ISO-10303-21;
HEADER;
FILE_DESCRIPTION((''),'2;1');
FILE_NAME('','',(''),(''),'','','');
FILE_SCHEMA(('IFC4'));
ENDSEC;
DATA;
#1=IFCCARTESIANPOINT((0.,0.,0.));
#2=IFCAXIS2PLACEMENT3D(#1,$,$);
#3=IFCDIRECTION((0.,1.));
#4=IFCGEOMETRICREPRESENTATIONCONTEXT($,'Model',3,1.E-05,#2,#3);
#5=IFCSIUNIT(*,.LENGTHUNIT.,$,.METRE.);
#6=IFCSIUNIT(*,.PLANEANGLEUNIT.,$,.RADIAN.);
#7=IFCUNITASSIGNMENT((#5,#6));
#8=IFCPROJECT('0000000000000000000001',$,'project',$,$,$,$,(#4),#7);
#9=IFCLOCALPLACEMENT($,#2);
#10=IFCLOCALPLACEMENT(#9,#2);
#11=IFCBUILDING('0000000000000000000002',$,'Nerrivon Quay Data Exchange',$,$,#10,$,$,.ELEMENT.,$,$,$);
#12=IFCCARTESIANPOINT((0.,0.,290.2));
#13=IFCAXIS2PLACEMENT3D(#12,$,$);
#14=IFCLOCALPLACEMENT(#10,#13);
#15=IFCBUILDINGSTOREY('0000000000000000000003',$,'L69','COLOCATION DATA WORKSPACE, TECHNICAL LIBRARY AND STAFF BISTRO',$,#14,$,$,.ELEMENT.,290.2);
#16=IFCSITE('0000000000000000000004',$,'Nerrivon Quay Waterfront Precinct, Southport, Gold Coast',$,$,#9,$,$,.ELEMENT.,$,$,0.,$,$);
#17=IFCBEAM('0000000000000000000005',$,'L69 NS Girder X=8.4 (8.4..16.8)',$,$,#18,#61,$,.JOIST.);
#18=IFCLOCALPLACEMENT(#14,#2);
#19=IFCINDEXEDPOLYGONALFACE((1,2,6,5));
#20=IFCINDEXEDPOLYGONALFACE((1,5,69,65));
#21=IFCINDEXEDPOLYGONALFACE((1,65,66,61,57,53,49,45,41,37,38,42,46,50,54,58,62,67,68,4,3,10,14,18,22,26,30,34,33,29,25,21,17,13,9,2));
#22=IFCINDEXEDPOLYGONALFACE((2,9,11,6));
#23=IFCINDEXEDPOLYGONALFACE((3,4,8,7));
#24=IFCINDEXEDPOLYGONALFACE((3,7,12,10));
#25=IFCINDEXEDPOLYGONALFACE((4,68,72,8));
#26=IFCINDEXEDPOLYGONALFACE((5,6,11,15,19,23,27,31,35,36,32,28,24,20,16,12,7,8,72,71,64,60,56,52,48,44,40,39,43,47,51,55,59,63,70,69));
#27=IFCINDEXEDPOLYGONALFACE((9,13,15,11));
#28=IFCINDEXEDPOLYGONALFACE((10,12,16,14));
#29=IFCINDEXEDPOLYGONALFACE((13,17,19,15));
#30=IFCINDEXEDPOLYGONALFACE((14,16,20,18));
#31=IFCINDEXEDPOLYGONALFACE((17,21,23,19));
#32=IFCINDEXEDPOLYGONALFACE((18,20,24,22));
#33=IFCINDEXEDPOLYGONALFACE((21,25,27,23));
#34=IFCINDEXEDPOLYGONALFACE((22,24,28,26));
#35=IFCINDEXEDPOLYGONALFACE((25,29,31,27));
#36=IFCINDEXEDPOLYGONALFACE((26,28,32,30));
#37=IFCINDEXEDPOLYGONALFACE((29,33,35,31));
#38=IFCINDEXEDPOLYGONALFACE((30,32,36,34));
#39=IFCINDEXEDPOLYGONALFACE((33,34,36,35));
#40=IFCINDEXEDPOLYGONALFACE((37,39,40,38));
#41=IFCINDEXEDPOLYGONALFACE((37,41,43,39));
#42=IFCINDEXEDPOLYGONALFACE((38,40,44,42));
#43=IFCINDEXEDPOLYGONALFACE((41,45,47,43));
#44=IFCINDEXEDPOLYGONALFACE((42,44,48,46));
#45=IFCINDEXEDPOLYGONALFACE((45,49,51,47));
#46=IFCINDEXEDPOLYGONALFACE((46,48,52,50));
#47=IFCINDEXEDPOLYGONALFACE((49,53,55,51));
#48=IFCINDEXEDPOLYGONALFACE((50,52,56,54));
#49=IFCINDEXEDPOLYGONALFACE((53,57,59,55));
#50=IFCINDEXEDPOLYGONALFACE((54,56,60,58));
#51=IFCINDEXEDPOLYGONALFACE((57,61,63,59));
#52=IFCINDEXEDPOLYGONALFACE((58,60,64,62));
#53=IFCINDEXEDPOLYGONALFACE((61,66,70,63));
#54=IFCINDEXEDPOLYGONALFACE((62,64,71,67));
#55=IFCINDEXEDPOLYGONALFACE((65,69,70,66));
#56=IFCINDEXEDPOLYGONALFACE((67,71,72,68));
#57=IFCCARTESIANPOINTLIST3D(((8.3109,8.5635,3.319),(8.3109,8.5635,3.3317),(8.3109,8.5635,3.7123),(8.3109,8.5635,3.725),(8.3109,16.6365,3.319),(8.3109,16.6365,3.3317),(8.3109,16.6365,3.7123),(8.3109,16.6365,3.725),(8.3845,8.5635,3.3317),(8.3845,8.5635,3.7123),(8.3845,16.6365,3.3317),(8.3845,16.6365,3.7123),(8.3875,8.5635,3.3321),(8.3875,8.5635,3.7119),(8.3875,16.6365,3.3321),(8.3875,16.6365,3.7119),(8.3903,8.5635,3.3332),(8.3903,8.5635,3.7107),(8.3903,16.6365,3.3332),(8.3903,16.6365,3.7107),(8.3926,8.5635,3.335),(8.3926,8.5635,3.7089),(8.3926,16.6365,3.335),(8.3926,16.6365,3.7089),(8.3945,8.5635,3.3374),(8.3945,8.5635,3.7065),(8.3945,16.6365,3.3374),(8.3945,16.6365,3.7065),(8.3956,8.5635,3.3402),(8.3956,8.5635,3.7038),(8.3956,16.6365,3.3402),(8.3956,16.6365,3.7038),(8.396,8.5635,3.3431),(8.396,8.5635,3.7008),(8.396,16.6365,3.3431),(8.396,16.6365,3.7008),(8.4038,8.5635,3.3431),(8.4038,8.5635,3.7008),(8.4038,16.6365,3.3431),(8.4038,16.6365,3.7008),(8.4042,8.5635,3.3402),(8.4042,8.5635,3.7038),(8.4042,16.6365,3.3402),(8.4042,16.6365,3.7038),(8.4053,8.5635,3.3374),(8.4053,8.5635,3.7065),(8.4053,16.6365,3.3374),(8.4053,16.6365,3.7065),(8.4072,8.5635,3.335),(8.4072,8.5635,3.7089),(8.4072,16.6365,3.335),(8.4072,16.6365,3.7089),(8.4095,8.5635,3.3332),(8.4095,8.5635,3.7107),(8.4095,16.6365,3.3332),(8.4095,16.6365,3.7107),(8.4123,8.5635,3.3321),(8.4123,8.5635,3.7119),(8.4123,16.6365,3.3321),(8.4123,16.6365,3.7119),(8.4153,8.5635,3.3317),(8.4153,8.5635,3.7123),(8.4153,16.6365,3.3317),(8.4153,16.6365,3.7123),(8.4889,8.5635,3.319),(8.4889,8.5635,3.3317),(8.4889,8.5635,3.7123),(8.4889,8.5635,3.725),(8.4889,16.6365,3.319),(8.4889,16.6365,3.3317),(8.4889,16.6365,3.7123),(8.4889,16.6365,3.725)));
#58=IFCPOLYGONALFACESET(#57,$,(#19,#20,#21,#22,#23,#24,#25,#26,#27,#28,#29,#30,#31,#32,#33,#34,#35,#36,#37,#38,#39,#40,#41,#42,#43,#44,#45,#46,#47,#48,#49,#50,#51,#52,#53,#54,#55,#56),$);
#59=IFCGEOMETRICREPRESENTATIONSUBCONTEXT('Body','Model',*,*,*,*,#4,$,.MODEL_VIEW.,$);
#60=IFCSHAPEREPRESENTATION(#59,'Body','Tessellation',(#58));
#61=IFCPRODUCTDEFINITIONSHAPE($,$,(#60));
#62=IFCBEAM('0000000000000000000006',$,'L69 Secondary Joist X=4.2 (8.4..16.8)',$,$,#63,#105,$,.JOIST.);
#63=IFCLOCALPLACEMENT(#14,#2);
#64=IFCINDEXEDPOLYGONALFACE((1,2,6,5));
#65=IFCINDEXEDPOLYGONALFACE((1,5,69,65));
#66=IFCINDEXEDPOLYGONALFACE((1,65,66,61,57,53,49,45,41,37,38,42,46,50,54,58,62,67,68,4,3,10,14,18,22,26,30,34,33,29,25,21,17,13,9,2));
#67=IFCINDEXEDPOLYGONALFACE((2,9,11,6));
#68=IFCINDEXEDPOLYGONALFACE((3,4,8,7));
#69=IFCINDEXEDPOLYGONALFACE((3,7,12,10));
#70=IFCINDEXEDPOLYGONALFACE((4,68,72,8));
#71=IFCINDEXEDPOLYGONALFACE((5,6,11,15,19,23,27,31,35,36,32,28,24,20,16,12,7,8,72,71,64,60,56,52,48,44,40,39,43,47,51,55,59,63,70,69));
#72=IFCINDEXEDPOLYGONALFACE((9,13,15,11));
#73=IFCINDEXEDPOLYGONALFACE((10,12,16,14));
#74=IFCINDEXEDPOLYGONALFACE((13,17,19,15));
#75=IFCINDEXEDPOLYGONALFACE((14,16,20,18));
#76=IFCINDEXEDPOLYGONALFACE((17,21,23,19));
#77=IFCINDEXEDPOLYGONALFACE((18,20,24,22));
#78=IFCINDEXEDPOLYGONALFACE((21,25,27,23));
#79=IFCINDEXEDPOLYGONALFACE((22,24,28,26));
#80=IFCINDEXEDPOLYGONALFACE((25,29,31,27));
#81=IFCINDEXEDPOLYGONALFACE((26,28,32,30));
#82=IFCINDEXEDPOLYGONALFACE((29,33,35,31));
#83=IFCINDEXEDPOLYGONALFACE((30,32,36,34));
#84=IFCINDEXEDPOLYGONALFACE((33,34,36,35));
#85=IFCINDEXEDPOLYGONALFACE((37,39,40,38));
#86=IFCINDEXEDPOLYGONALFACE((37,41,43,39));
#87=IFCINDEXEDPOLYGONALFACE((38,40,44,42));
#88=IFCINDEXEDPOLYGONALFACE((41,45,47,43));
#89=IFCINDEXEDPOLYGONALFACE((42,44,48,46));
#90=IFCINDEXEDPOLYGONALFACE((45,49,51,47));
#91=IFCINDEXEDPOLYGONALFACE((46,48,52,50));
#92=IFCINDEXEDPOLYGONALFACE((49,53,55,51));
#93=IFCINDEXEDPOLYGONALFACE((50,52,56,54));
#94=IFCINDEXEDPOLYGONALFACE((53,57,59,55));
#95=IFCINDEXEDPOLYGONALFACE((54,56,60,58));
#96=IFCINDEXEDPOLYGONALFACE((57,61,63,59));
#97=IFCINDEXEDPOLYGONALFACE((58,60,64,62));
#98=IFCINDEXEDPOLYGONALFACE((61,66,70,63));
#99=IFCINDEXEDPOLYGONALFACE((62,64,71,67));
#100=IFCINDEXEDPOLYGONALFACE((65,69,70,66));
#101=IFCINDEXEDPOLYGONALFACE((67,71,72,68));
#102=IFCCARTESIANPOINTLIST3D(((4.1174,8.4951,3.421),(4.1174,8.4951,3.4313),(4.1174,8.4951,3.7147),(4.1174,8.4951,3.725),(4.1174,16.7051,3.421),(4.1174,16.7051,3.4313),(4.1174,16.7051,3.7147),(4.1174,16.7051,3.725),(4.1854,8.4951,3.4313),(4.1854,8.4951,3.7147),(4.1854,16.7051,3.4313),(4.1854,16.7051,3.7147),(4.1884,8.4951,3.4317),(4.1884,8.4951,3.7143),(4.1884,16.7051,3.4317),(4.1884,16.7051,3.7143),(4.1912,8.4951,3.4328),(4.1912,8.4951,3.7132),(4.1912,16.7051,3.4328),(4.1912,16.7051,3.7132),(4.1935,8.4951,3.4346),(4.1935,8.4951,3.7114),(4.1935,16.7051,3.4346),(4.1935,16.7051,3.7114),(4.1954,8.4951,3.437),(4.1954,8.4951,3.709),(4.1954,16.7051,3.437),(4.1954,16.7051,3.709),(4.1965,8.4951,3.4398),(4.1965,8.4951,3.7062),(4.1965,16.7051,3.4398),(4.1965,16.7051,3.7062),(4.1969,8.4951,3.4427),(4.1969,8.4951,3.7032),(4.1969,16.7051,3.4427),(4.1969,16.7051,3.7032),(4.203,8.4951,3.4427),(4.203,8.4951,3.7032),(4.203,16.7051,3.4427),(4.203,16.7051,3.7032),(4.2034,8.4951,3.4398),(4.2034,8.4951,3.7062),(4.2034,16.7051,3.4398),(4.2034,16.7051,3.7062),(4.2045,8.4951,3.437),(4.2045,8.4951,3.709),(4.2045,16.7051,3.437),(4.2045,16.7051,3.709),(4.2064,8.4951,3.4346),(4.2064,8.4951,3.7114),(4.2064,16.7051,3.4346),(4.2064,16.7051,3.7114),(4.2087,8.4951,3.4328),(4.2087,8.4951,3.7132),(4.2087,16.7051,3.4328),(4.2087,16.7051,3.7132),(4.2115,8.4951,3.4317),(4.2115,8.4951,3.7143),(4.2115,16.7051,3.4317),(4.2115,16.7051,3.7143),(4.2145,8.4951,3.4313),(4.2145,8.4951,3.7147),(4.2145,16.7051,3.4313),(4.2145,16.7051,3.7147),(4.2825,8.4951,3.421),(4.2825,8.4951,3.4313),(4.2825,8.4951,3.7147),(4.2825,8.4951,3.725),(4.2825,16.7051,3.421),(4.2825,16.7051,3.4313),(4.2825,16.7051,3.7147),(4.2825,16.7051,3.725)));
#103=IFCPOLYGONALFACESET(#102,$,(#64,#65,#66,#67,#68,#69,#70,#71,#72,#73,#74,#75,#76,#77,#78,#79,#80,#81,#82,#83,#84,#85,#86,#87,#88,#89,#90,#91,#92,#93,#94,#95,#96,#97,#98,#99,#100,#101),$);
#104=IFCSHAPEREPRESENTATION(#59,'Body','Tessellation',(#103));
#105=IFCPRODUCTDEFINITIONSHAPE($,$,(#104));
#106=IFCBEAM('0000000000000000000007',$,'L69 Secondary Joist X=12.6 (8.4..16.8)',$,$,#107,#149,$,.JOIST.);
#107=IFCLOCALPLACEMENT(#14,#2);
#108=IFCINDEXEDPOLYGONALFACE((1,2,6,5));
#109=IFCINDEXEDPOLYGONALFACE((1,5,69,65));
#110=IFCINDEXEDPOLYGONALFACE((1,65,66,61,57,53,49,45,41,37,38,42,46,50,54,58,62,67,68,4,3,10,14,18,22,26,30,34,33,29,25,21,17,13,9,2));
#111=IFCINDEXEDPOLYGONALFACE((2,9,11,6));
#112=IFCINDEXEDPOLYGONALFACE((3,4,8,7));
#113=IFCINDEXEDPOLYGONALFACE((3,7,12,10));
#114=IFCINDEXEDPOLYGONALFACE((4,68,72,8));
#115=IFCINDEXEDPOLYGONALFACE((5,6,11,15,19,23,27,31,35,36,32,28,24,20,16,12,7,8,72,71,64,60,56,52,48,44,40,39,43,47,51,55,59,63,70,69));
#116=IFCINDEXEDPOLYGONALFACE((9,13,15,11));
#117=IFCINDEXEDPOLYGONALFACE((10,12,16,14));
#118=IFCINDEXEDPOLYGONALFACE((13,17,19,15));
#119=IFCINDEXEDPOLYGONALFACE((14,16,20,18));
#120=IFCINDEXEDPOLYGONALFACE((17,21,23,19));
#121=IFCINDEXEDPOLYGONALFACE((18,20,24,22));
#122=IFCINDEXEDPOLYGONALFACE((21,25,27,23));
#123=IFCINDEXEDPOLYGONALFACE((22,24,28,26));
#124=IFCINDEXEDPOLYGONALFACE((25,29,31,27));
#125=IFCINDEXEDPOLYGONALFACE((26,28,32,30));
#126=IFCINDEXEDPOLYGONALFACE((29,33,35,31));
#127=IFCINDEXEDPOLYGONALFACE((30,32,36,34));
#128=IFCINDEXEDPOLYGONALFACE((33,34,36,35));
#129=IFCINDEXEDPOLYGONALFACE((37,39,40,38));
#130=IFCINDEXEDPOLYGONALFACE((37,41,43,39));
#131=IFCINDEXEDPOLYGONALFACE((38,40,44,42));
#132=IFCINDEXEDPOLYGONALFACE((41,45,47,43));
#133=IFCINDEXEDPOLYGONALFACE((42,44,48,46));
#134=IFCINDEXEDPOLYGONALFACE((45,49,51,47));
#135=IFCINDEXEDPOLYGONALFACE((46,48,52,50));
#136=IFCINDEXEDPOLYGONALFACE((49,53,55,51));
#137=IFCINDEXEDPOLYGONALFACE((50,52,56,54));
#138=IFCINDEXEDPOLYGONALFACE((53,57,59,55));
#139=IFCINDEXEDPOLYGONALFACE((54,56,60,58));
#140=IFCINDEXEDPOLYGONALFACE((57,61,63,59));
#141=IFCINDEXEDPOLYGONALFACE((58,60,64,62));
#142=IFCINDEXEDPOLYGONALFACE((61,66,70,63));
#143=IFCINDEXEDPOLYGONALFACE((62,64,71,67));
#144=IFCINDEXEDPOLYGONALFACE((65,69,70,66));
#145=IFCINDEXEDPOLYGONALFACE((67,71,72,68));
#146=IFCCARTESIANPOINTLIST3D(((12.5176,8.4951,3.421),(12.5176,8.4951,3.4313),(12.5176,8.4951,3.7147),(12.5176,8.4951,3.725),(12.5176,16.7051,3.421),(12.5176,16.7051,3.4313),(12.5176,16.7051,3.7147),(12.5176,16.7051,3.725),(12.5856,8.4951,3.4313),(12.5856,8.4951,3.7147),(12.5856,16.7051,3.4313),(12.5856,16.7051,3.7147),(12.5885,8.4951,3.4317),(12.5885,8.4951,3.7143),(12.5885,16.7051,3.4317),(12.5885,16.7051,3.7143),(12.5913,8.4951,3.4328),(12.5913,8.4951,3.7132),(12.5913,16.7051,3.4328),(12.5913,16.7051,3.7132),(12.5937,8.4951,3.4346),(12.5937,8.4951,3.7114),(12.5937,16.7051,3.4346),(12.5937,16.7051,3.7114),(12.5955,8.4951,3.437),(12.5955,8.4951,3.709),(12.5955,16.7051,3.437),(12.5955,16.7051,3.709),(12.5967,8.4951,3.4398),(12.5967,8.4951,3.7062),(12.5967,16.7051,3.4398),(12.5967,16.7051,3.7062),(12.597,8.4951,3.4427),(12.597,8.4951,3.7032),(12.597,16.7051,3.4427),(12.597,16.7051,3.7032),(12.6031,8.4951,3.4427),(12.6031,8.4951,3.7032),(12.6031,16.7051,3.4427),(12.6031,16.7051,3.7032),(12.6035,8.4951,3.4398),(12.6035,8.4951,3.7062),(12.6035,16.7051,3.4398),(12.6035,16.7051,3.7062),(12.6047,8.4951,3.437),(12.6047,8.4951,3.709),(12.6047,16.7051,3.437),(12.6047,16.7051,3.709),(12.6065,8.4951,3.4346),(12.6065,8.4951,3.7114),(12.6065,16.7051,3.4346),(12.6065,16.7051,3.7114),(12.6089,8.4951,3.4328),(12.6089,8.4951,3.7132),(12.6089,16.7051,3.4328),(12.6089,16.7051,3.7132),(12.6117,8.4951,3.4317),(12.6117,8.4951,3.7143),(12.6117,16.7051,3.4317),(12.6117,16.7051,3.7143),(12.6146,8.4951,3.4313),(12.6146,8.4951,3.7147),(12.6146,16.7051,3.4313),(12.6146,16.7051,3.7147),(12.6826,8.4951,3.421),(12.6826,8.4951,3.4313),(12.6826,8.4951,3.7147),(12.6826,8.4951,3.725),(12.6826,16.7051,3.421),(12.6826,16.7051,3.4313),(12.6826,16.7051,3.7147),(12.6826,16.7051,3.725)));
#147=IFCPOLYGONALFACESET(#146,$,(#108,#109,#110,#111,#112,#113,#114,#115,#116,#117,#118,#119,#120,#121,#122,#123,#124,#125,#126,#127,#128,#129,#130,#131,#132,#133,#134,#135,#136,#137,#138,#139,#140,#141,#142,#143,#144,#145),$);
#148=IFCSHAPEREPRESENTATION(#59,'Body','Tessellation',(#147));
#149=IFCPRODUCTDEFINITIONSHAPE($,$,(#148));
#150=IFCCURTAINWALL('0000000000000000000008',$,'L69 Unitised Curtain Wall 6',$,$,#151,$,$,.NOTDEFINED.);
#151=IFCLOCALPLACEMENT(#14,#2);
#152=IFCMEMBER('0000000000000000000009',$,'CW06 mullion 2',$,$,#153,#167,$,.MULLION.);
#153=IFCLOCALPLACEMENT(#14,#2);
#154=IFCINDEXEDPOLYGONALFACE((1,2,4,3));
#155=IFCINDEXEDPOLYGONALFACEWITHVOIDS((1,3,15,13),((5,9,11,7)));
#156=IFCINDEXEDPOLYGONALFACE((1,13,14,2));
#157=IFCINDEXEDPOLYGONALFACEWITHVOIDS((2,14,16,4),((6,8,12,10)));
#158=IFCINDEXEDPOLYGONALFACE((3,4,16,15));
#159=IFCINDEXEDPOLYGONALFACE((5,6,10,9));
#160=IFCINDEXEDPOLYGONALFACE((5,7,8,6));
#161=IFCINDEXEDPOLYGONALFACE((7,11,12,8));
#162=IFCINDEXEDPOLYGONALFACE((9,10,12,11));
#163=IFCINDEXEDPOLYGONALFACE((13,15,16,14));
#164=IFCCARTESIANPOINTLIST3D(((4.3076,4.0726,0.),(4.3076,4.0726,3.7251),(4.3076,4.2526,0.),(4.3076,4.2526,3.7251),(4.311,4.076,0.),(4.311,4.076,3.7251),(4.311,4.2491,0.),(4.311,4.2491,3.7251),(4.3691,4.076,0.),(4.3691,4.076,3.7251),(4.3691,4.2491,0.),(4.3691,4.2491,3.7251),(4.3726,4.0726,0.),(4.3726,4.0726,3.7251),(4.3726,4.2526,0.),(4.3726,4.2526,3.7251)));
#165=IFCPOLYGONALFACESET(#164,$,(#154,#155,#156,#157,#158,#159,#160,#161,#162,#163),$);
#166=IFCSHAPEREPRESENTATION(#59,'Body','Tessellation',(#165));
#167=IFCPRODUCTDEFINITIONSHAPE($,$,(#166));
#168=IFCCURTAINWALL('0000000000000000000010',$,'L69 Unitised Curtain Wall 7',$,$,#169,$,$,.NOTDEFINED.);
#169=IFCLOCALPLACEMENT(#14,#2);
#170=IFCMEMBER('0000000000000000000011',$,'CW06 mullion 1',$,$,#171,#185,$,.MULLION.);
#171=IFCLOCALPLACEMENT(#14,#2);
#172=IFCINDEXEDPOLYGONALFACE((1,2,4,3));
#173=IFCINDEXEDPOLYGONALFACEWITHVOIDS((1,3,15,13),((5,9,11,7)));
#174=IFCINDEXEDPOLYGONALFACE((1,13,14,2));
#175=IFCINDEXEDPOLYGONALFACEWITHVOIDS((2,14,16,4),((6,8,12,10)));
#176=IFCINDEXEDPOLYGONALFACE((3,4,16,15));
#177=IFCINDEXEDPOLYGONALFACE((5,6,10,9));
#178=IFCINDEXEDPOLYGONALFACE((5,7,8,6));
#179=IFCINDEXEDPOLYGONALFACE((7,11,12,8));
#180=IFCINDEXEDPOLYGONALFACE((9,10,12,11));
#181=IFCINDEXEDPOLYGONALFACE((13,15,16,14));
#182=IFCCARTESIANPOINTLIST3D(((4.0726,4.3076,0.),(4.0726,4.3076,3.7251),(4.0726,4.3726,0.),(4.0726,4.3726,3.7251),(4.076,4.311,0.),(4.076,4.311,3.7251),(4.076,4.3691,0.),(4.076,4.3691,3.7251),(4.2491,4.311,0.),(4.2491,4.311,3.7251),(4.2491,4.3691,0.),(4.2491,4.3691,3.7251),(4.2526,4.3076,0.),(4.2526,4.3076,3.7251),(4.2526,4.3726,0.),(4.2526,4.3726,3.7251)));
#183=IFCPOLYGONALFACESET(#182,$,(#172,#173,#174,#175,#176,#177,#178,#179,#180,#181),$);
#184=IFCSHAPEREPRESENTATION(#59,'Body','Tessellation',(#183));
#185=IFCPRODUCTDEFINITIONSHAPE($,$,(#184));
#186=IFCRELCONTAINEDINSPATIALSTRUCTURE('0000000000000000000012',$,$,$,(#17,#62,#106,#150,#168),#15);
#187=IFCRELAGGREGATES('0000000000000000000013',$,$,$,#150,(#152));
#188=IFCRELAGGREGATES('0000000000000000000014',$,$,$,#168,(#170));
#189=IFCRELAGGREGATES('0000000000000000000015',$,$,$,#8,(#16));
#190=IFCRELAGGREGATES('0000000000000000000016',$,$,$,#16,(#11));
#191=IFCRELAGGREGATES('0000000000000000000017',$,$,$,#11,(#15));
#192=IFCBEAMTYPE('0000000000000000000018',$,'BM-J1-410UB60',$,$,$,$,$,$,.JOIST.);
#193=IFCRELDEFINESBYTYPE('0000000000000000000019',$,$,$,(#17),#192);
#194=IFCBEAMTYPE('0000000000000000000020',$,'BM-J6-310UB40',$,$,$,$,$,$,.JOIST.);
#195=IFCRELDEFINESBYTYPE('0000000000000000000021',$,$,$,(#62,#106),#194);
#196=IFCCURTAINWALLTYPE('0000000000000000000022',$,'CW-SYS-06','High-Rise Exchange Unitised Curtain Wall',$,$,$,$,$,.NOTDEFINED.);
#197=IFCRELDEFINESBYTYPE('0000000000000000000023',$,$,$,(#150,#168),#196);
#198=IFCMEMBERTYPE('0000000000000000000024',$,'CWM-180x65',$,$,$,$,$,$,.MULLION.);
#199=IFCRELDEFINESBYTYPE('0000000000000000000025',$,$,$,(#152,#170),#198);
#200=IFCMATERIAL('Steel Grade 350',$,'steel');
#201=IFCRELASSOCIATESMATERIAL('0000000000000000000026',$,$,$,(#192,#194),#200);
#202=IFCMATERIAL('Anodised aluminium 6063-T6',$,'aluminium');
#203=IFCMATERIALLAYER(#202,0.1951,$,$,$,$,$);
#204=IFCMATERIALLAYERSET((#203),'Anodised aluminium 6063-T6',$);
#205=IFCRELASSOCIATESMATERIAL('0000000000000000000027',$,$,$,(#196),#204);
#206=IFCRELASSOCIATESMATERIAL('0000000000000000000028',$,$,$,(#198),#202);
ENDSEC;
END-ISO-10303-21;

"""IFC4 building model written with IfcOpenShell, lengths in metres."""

from ifc_helpers import new_model, si_unit, direction, frame, origin, origin_2d, place, context, subcontext, project, spatial, hollow_rectangle, i_section, extrude, material, layer, layer_set, material_profile, profile_set, type_object, element, aggregate, save


model = new_model("IFC4")

# Units and contexts
model_context = context("Model", 3, precision=1e-05, world=origin(), true_north=direction((0.0, 1.0)))
body_context = subcontext(model_context, "Body", "Model", "MODEL_VIEW")
ifc_project = project(units=[si_unit("LENGTHUNIT", "METRE"), si_unit("PLANEANGLEUNIT", "RADIAN")], contexts=[model_context])

# Site, building, storey
site_placement = place(None, origin())
site = spatial("IfcSite", under=ifc_project, at=site_placement, Name="Nerrivon Quay Waterfront Precinct, Southport, Gold Coast", CompositionType="ELEMENT", RefElevation=0.0)
building_placement = place(site_placement, origin())
building = spatial("IfcBuilding", under=site, at=building_placement, Name="Nerrivon Quay Data Exchange", CompositionType="ELEMENT")
storey_placement = place(building_placement, frame((0.0, 0.0, 290.2)))
storey = spatial("IfcBuildingStorey", under=building, at=storey_placement, Name="L69", Description="COLOCATION DATA WORKSPACE, TECHNICAL LIBRARY AND STAFF BISTRO", CompositionType="ELEMENT", Elevation=290.2)

# Shared definitions
ifc_material_1 = material(Name="Steel Grade 350", Category="steel")

# Beams
ifc_material_profile_1 = material_profile(ifc_material_1, i_section(OverallWidth=0.178, OverallDepth=0.406, WebThickness=0.0078, FlangeThickness=0.0127, FilletRadius=0.0115, at=origin_2d()), Name="410UB59.7")
ifc_profile_set_1 = profile_set([ifc_material_profile_1], Name="Steel Grade 350")
beam_type_1 = type_object("IfcBeamType", Name="BM-J1-410UB60", PredefinedType="JOIST", material=ifc_profile_set_1)
beam_placement = place(storey_placement, frame((8.3999, 8.5635, 3.522), z_axis=(0.0, 1.0, 0.0), x_axis=(-1.0, 0.0, 0.0)))
element("IfcBeam", 1, at=beam_placement, inside=storey, type_object=beam_type_1, Name="L69 NS Girder X=8.4 (8.4..16.8)", PredefinedType="JOIST", context=body_context, shape_type="SweptSolid", body=[
    extrude(i_section(OverallWidth=0.178, OverallDepth=0.406, WebThickness=0.0078, FlangeThickness=0.0127, FilletRadius=0.0115, at=origin_2d()), origin(), (0.0, 0.0, 1.0), 8.073),
])
ifc_material_profile_2 = material_profile(ifc_material_1, i_section(OverallWidth=0.165, OverallDepth=0.304, WebThickness=0.0061, FlangeThickness=0.0103, FilletRadius=0.0115, at=origin_2d()), Name="310UB40.4")
ifc_profile_set_2 = profile_set([ifc_material_profile_2], Name="Steel Grade 350")
beam_type_2 = type_object("IfcBeamType", Name="BM-J6-310UB40", PredefinedType="JOIST", material=ifc_profile_set_2)
for number, where, z_axis, x_axis, name in (
    (2, (4.2, 8.4951, 3.573), (0.0, 1.0, 0.0), (-1.0, 0.0, 0.0), "L69 Secondary Joist X=4.2 (8.4..16.8)"),
    (3, (12.6001, 8.4951, 3.573), (0.0, 1.0, 0.0), (-1.0, 0.0, 0.0), "L69 Secondary Joist X=12.6 (8.4..16.8)"),
):
    element("IfcBeam", number, at=place(storey_placement, frame(where, z_axis=z_axis, x_axis=x_axis)), inside=storey, type_object=beam_type_2, Name=name, PredefinedType="JOIST", context=body_context, shape_type="SweptSolid", body=[
        extrude(i_section(OverallWidth=0.165, OverallDepth=0.304, WebThickness=0.0061, FlangeThickness=0.0103, FilletRadius=0.0115, at=origin_2d()), origin(), (0.0, 0.0, 1.0), 8.21),
    ])

# Curtain wall, member
ifc_material_2 = material(Name="Anodised aluminium 6063-T6", Category="aluminium")
ifc_layer_1 = layer(ifc_material_2, 0.1951)
ifc_layer_set_1 = layer_set([ifc_layer_1], Name="Anodised aluminium 6063-T6")
curtain_wall_type = type_object("IfcCurtainWallType", Name="CW-SYS-06", Description="High-Rise Exchange Unitised Curtain Wall", PredefinedType="NOTDEFINED", material=ifc_layer_set_1)
curtain_wall_1_placement = place(storey_placement, origin())
curtain_wall_1 = element("IfcCurtainWall", 4, at=curtain_wall_1_placement, inside=storey, type_object=curtain_wall_type, Name="L69 Unitised Curtain Wall 6", PredefinedType="NOTDEFINED")
ifc_material_profile_3 = material_profile(ifc_material_2, hollow_rectangle(XDim=0.0649, YDim=0.1799, WallThickness=0.0034, at=origin_2d()), Name="ALU-MULL-180x65")
ifc_profile_set_3 = profile_set([ifc_material_profile_3], Name="Anodised aluminium 6063-T6")
member_type_1 = type_object("IfcMemberType", Name="CWM-180x65", PredefinedType="MULLION", material=ifc_profile_set_3)
member_1_placement = place(storey_placement, frame((4.3401, 4.1626, 0.0), z_axis=(0.0, 0.0, 1.0), x_axis=(-1.0, 0.0, 0.0)))
member_1 = element("IfcMember", 5, at=member_1_placement, type_object=member_type_1, Name="CW06 mullion 2", PredefinedType="MULLION", context=body_context, shape_type="SweptSolid", body=[
    extrude(hollow_rectangle(XDim=0.0649, YDim=0.1799, WallThickness=0.0034, at=origin_2d()), origin(), (0.0, 0.0, 1.0), 3.7251),
])
aggregate(curtain_wall_1, [member_1])

# Curtain wall, member
curtain_wall_2_placement = place(storey_placement, origin())
curtain_wall_2 = element("IfcCurtainWall", 6, at=curtain_wall_2_placement, inside=storey, type_object=curtain_wall_type, Name="L69 Unitised Curtain Wall 7", PredefinedType="NOTDEFINED")
member_2_placement = place(storey_placement, frame((4.1626, 4.3401, 0.0), z_axis=(0.0, 0.0, 1.0), x_axis=(0.0, -1.0, 0.0)))
member_2 = element("IfcMember", 7, at=member_2_placement, type_object=member_type_1, Name="CW06 mullion 1", PredefinedType="MULLION", context=body_context, shape_type="SweptSolid", body=[
    extrude(hollow_rectangle(XDim=0.0649, YDim=0.1799, WallThickness=0.0034, at=origin_2d()), origin(), (0.0, 0.0, 1.0), 3.7251),
])
aggregate(curtain_wall_2, [member_2])

save(model, "model.ifc")
